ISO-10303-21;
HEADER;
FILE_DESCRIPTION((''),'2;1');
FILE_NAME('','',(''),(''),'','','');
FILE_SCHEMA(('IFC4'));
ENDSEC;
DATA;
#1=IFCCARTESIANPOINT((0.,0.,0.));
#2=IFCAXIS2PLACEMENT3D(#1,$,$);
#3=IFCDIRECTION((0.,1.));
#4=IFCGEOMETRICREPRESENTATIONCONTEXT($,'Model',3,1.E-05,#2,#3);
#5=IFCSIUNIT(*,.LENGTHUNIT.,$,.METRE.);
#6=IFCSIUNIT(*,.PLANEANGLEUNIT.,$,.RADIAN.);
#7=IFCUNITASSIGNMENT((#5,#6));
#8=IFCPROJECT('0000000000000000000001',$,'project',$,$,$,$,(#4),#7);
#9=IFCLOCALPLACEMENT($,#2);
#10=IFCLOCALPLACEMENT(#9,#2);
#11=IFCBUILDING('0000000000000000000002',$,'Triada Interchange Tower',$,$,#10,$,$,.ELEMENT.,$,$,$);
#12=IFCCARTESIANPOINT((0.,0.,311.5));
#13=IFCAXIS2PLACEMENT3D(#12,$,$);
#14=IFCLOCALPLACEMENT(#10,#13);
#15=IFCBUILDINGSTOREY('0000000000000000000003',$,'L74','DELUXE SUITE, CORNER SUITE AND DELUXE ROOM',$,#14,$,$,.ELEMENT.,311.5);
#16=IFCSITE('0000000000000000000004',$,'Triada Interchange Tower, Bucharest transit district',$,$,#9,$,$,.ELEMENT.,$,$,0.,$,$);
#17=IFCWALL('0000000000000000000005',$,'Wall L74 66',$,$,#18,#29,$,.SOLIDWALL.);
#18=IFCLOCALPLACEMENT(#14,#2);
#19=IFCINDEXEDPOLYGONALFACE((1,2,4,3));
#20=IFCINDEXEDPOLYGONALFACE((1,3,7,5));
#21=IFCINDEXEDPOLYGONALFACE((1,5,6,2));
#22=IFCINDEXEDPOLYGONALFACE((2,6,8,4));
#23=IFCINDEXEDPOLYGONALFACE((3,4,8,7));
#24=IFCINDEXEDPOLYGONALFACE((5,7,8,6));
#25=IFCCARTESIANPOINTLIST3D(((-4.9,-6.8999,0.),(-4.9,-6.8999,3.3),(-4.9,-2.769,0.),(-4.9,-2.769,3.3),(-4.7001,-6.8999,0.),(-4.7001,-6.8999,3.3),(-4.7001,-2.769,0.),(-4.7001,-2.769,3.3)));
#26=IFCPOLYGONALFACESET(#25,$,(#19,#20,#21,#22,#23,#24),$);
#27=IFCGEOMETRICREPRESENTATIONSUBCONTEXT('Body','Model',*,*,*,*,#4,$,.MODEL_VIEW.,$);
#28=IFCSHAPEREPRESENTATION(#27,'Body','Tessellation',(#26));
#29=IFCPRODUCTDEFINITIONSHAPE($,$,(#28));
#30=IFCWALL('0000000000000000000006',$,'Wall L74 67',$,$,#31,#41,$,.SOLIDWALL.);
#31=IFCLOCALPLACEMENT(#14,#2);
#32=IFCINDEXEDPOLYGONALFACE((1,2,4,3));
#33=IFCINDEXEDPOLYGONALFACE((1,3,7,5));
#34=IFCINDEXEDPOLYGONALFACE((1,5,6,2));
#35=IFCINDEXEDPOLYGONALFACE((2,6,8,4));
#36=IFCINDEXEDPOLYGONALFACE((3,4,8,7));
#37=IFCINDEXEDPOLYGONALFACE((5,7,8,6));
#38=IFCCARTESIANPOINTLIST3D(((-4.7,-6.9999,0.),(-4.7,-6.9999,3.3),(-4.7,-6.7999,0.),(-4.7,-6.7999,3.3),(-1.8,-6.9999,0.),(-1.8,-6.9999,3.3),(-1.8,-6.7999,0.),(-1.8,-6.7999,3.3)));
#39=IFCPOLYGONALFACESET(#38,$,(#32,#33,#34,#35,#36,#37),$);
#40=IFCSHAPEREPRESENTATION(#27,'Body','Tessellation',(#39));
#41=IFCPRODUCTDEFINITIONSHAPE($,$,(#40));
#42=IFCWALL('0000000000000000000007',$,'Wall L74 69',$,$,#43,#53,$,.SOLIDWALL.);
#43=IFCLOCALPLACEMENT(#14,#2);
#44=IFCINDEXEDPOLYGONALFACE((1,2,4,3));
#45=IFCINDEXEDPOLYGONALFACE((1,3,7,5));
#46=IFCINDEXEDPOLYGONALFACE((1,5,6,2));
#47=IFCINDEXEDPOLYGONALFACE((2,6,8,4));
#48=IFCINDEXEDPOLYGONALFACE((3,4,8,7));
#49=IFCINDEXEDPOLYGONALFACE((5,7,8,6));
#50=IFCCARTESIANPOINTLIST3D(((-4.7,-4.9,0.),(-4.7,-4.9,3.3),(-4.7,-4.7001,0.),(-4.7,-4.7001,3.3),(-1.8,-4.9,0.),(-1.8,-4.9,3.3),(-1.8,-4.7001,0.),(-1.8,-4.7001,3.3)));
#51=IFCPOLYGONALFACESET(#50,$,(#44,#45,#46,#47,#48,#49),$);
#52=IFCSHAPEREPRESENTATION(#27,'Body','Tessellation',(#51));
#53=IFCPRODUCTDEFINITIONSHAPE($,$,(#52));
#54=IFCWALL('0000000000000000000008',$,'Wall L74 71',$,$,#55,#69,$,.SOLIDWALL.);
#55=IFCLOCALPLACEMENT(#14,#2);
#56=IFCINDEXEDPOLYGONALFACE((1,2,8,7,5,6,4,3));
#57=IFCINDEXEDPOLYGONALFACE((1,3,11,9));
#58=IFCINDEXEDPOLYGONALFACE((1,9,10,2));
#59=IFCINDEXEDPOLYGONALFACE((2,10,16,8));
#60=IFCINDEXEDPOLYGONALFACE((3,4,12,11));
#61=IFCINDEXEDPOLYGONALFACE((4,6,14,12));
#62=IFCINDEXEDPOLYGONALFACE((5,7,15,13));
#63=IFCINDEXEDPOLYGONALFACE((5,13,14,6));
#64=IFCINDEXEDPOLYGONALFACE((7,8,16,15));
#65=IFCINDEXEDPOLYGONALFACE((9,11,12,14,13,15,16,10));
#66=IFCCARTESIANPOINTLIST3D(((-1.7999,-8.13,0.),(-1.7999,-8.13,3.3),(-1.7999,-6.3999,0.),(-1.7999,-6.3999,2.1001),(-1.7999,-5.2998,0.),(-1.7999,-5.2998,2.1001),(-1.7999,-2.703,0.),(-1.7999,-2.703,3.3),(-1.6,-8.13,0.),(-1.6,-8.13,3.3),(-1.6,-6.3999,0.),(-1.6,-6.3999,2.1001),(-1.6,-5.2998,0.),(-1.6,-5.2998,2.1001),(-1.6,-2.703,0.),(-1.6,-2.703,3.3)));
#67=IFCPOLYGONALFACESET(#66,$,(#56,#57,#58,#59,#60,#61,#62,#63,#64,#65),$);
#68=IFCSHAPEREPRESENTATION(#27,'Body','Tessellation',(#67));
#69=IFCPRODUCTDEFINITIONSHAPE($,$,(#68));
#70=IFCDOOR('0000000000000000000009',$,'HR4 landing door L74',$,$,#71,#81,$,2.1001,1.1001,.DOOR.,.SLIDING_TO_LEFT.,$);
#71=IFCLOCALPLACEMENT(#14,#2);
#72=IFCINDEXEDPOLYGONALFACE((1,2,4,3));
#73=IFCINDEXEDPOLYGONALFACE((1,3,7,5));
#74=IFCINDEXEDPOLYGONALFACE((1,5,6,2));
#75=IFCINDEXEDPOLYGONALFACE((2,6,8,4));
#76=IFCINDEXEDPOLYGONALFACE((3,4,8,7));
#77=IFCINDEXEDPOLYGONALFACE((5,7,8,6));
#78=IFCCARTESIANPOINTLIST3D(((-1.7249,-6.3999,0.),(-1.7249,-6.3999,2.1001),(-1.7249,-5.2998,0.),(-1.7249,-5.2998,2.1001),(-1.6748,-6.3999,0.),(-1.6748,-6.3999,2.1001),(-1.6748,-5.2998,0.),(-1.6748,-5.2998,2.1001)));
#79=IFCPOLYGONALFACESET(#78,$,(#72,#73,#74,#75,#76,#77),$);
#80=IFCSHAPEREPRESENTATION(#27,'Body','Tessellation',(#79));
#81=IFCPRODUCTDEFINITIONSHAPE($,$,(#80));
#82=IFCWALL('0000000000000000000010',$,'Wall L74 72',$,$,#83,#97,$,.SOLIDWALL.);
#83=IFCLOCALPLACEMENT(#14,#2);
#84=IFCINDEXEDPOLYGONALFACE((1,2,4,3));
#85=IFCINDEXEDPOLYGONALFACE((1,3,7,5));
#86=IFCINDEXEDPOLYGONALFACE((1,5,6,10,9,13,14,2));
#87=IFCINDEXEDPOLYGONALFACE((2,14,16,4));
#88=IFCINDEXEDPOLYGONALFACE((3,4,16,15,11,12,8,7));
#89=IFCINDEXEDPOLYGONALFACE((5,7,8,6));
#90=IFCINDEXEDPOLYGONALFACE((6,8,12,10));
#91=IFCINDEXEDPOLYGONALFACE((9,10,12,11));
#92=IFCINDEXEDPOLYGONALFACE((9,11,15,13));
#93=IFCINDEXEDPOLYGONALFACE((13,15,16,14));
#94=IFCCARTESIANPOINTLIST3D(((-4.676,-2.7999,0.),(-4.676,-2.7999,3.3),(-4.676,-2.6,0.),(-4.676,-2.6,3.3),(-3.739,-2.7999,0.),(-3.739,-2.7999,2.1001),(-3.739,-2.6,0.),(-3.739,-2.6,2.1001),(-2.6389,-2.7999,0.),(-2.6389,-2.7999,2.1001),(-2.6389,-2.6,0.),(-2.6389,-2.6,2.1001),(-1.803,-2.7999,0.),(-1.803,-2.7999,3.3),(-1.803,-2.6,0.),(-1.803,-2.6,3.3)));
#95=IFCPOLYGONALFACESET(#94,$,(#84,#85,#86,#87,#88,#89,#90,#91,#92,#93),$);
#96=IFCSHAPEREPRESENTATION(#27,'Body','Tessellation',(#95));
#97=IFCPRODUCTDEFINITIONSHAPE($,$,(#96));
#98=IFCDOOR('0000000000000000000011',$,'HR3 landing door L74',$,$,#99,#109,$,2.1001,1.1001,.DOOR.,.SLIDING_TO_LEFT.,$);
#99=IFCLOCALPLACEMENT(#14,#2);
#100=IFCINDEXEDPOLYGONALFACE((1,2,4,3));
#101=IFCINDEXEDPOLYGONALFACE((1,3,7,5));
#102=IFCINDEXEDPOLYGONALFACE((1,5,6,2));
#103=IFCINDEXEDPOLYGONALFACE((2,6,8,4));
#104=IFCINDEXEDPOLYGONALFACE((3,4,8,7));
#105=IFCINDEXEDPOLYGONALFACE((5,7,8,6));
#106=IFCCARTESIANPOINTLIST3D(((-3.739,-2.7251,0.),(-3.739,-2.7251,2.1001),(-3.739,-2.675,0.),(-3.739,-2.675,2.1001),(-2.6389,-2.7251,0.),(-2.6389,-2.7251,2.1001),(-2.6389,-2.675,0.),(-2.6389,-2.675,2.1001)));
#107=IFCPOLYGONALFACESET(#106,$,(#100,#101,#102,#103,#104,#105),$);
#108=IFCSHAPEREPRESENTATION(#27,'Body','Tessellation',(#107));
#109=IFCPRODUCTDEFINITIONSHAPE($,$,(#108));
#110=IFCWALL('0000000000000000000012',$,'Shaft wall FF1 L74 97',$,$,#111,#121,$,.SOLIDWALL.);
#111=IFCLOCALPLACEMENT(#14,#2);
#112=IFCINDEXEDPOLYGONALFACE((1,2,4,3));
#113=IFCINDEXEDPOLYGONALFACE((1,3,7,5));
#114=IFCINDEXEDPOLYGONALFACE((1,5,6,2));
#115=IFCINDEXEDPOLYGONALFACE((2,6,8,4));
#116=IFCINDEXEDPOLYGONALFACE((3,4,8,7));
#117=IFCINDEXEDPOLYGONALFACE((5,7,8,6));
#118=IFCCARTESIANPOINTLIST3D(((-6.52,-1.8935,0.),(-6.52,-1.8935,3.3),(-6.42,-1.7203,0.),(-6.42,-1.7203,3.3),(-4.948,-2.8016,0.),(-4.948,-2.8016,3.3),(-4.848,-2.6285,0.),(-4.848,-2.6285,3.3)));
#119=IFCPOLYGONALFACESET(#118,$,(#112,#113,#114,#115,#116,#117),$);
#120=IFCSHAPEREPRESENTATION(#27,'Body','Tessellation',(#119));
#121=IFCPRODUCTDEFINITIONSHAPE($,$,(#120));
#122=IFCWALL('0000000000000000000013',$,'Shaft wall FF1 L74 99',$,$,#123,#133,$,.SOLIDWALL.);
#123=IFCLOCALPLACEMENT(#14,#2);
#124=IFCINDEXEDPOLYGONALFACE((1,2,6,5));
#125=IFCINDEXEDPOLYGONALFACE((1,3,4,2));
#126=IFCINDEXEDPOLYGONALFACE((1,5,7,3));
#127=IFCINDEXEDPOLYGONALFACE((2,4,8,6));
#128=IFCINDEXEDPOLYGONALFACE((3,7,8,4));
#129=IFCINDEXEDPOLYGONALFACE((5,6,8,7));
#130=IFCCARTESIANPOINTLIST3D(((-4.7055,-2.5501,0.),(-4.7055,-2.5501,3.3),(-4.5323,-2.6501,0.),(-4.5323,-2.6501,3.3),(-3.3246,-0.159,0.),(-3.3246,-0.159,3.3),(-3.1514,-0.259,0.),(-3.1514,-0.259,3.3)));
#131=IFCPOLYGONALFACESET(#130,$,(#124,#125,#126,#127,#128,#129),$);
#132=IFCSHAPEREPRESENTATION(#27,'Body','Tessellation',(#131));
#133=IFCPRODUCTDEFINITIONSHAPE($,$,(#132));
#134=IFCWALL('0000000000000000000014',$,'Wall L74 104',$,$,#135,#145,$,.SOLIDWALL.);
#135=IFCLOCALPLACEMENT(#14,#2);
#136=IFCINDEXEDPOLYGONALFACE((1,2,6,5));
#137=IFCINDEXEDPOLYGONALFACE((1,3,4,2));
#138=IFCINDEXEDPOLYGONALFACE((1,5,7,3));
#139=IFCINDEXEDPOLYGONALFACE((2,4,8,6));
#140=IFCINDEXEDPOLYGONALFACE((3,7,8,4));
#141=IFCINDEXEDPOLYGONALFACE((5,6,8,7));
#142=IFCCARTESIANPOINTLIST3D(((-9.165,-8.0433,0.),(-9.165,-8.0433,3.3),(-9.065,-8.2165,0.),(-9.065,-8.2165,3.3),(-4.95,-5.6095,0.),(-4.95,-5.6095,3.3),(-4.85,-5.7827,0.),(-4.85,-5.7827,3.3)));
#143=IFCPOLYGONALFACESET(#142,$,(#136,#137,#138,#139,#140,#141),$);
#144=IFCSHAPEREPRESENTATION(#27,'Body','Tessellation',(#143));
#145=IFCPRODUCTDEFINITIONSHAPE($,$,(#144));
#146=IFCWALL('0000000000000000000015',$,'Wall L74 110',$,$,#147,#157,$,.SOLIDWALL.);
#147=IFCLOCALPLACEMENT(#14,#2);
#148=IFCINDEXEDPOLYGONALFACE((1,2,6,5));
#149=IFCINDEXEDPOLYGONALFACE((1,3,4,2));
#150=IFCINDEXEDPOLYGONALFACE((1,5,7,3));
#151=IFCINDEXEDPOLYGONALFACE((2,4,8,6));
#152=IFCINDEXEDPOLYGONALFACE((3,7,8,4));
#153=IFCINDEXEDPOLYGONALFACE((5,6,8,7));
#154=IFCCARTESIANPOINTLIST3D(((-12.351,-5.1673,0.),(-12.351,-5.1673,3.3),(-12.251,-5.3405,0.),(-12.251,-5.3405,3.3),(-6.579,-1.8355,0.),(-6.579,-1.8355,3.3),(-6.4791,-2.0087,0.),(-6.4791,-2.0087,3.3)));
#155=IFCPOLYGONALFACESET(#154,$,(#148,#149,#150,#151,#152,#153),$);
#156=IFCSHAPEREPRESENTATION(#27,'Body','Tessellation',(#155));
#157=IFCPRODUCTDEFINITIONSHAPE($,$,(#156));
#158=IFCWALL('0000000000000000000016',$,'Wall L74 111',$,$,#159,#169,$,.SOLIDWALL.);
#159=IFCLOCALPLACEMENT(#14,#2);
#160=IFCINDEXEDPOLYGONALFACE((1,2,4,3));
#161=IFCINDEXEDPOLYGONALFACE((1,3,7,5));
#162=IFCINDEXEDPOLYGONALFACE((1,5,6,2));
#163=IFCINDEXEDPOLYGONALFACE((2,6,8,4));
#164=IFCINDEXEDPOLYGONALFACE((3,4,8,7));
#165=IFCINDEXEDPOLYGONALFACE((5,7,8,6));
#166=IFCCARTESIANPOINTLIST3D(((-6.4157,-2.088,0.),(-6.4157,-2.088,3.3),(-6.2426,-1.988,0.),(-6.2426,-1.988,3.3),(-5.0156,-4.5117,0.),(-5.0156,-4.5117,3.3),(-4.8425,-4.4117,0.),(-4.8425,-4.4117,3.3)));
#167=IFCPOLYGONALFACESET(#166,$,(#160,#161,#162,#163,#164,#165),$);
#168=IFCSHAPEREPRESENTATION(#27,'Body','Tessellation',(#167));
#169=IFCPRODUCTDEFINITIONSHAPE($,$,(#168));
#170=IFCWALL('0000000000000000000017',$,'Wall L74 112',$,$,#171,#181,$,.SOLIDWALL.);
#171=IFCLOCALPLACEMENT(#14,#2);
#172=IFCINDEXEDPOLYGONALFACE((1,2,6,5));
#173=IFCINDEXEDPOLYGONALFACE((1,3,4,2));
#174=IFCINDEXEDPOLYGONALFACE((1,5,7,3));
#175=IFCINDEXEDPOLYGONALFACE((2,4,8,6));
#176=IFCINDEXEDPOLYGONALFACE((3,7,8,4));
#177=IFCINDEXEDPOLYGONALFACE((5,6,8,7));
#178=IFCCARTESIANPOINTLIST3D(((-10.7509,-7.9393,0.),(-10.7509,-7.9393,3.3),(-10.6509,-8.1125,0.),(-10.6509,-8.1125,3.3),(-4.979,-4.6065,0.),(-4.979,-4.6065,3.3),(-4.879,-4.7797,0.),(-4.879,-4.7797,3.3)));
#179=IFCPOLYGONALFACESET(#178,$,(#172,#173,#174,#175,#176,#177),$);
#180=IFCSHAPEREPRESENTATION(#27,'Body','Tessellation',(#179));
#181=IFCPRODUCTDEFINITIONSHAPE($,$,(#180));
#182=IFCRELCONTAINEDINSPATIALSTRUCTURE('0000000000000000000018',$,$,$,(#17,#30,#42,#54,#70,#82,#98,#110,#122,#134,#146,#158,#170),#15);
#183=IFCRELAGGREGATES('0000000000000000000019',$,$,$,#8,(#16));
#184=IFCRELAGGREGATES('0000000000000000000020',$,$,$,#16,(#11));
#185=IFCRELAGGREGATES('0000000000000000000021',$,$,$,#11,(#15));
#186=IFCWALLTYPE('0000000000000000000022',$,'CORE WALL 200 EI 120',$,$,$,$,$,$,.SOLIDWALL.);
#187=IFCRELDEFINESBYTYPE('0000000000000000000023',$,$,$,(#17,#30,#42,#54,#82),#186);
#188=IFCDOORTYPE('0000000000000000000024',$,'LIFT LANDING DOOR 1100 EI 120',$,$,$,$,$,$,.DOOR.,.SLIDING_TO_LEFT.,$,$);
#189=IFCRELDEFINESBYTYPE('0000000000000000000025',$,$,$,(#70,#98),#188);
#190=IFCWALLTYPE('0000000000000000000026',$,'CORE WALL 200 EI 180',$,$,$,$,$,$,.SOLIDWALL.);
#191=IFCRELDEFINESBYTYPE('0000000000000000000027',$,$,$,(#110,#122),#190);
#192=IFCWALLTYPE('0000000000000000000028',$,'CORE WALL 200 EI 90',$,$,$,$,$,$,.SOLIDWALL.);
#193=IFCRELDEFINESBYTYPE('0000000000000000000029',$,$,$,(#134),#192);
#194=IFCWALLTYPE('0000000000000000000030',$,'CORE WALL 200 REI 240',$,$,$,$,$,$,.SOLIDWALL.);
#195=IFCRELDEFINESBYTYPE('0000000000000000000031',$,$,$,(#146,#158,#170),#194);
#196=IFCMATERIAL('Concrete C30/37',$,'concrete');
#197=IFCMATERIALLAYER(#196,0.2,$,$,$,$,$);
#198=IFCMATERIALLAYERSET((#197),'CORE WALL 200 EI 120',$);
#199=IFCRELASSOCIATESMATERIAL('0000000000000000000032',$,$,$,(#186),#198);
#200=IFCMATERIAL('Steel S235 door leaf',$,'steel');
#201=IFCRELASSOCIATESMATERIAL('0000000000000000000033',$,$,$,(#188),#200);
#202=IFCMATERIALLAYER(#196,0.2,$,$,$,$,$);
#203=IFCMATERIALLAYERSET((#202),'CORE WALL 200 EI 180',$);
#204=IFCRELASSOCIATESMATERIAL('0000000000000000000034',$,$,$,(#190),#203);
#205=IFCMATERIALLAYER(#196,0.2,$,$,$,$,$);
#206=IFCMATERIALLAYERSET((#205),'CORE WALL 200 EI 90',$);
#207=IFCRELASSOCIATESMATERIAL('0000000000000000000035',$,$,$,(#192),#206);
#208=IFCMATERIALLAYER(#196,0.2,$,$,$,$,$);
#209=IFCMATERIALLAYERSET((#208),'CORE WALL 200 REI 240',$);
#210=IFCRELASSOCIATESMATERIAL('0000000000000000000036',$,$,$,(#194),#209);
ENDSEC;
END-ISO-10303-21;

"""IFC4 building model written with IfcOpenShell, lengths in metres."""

from ifc_helpers import new_model, si_unit, direction, frame, frame_2d, origin, place, context, subcontext, project, spatial, rectangle, extrude, material, layer, layer_set, type_object, element, fill, save


model = new_model("IFC4")

# Units and contexts
model_context = context("Model", 3, precision=1e-05, world=origin(), true_north=direction((0.0, 1.0)))
body_context = subcontext(model_context, "Body", "Model", "MODEL_VIEW")
ifc_project = project(units=[si_unit("LENGTHUNIT", "METRE"), si_unit("PLANEANGLEUNIT", "RADIAN")], contexts=[model_context])

# Site, building, storey
site_placement = place(None, origin())
site = spatial("IfcSite", under=ifc_project, at=site_placement, Name="Triada Interchange Tower, Bucharest transit district", CompositionType="ELEMENT", RefElevation=0.0)
building_placement = place(site_placement, origin())
building = spatial("IfcBuilding", under=site, at=building_placement, Name="Triada Interchange Tower", CompositionType="ELEMENT")
storey_placement = place(building_placement, frame((0.0, 0.0, 311.5)))
storey = spatial("IfcBuildingStorey", under=building, at=storey_placement, Name="L74", Description="DELUXE SUITE, CORNER SUITE AND DELUXE ROOM", CompositionType="ELEMENT", Elevation=311.5)

# Walls
ifc_material_1 = material(Name="Concrete C30/37", Category="concrete")
ifc_layer_1 = layer(ifc_material_1, 0.2)
ifc_layer_set_1 = layer_set([ifc_layer_1], Name="CORE WALL 200 EI 120")
wall_type_1 = type_object("IfcWallType", Name="CORE WALL 200 EI 120", PredefinedType="SOLIDWALL", material=ifc_layer_set_1)
wall_1_placement = place(storey_placement, frame((-4.8, -6.8999, 0.0), z_axis=(0.0, 0.0, 1.0), x_axis=(0.0, 1.0, 0.0)))
element("IfcWall", 1, at=wall_1_placement, inside=storey, type_object=wall_type_1, Name="Wall L74 66", PredefinedType="SOLIDWALL", context=body_context, shape_type="SweptSolid", body=[
    extrude(rectangle(XDim=4.1309, YDim=0.2, at=frame_2d((2.0654, 0.0))), origin(), (0.0, 0.0, 1.0), 3.3),
])
for number, where, z_axis, x_axis, name in (
    (2, (-4.7, -6.8999, 0.0), (0.0, 0.0, 1.0), (1.0, 0.0, 0.0), "Wall L74 67"),
    (3, (-4.7, -4.8, 0.0), (0.0, 0.0, 1.0), (1.0, 0.0, 0.0), "Wall L74 69"),
):
    element("IfcWall", number, at=place(storey_placement, frame(where, z_axis=z_axis, x_axis=x_axis)), inside=storey, type_object=wall_type_1, Name=name, PredefinedType="SOLIDWALL", context=body_context, shape_type="SweptSolid", body=[
        extrude(rectangle(XDim=2.8999, YDim=0.2, at=frame_2d((1.45, 0.0))), origin(), (0.0, 0.0, 1.0), 3.3),
    ])

# Walls, openings, doors
wall_2_placement = place(storey_placement, frame((-1.7, -8.1299, 0.0), z_axis=(0.0, 0.0, 1.0), x_axis=(0.0, 1.0, 0.0)))
wall_2 = element("IfcWall", 4, at=wall_2_placement, inside=storey, type_object=wall_type_1, Name="Wall L74 71", PredefinedType="SOLIDWALL", context=body_context, shape_type="SweptSolid", body=[
    extrude(rectangle(XDim=5.427, YDim=0.2, at=frame_2d((2.7134, 0.0))), origin(), (0.0, 0.0, 1.0), 3.3),
])
opening_1_placement = place(wall_2_placement, frame((1.73, 0.0, 0.0)))
opening_1 = element("IfcOpeningElement", 5, at=opening_1_placement, cuts=wall_2, PredefinedType="OPENING", context=body_context, shape_type="SweptSolid", body=[
    extrude(rectangle(XDim=1.1001, YDim=2.1001, at=frame_2d((0.55, 1.05))), frame((0.0, 0.1099, 0.0), z_axis=(0.0, -1.0, 0.0), x_axis=(1.0, 0.0, 0.0)), (0.0, 0.0, 1.0), 0.22),
])
ifc_material_2 = material(Name="Steel S235 door leaf", Category="steel")
door_type_1 = type_object("IfcDoorType", Name="LIFT LANDING DOOR 1100 EI 120", OperationType="SLIDING_TO_LEFT", PredefinedType="DOOR", material=ifc_material_2)
door_1_placement = place(opening_1_placement, origin())
door_1 = element("IfcDoor", 6, at=door_1_placement, inside=storey, type_object=door_type_1, Name="HR4 landing door L74", OperationType="SLIDING_TO_LEFT", OverallHeight=2.1001, OverallWidth=1.1001, PredefinedType="DOOR", context=body_context, shape_type="SweptSolid", body=[
    extrude(rectangle(XDim=1.1001, YDim=2.1001, at=frame_2d((0.55, 1.05))), frame((0.0, 0.0249, 0.0), z_axis=(0.0, -1.0, 0.0), x_axis=(1.0, 0.0, 0.0)), (0.0, 0.0, 1.0), 0.05),
])
fill(opening_1, door_1)
wall_3_placement = place(storey_placement, frame((-4.676, -2.7, 0.0), z_axis=(0.0, 0.0, 1.0), x_axis=(1.0, 0.0, 0.0)))
wall_3 = element("IfcWall", 7, at=wall_3_placement, inside=storey, type_object=wall_type_1, Name="Wall L74 72", PredefinedType="SOLIDWALL", context=body_context, shape_type="SweptSolid", body=[
    extrude(rectangle(XDim=2.873, YDim=0.2, at=frame_2d((1.4365, 0.0))), origin(), (0.0, 0.0, 1.0), 3.3),
])
opening_2_placement = place(wall_3_placement, frame((0.937, 0.0, 0.0)))
opening_2 = element("IfcOpeningElement", 8, at=opening_2_placement, cuts=wall_3, PredefinedType="OPENING", context=body_context, shape_type="SweptSolid", body=[
    extrude(rectangle(XDim=1.1001, YDim=2.1001, at=frame_2d((0.55, 1.05))), frame((0.0, 0.1099, 0.0), z_axis=(0.0, -1.0, 0.0), x_axis=(1.0, 0.0, 0.0)), (0.0, 0.0, 1.0), 0.22),
])
door_2_placement = place(opening_2_placement, origin())
door_2 = element("IfcDoor", 9, at=door_2_placement, inside=storey, type_object=door_type_1, Name="HR3 landing door L74", OperationType="SLIDING_TO_LEFT", OverallHeight=2.1001, OverallWidth=1.1001, PredefinedType="DOOR", context=body_context, shape_type="SweptSolid", body=[
    extrude(rectangle(XDim=1.1001, YDim=2.1001, at=frame_2d((0.55, 1.05))), frame((0.0, 0.0249, 0.0), z_axis=(0.0, -1.0, 0.0), x_axis=(1.0, 0.0, 0.0)), (0.0, 0.0, 1.0), 0.05),
])
fill(opening_2, door_2)

# Walls
ifc_layer_2 = layer(ifc_material_1, 0.2)
ifc_layer_set_2 = layer_set([ifc_layer_2], Name="CORE WALL 200 EI 180")
wall_type_2 = type_object("IfcWallType", Name="CORE WALL 200 EI 180", PredefinedType="SOLIDWALL", material=ifc_layer_set_2)
wall_4_placement = place(storey_placement, frame((-6.47, -1.8069, 0.0), z_axis=(0.0, 0.0, 1.0), x_axis=(0.865883, -0.500246, 0.0)))
element("IfcWall", 10, at=wall_4_placement, inside=storey, type_object=wall_type_2, Name="Shaft wall FF1 L74 97", PredefinedType="SOLIDWALL", context=body_context, shape_type="SweptSolid", body=[
    extrude(rectangle(XDim=1.8154, YDim=0.2, at=frame_2d((0.9077, 0.0))), origin(), (0.0, 0.0, 1.0), 3.3),
])
wall_5_placement = place(storey_placement, frame((-4.6189, -2.6001, 0.0), z_axis=(0.0, 0.0, 1.0), x_axis=(0.500095, 0.865971, 0.0)))
element("IfcWall", 11, at=wall_5_placement, inside=storey, type_object=wall_type_2, Name="Shaft wall FF1 L74 99", PredefinedType="SOLIDWALL", context=body_context, shape_type="SweptSolid", body=[
    extrude(rectangle(XDim=2.7612, YDim=0.2, at=frame_2d((1.3806, 0.0))), origin(), (0.0, 0.0, 1.0), 3.3),
])
ifc_layer_3 = layer(ifc_material_1, 0.2)
ifc_layer_set_3 = layer_set([ifc_layer_3], Name="CORE WALL 200 EI 90")
wall_type_3 = type_object("IfcWallType", Name="CORE WALL 200 EI 90", PredefinedType="SOLIDWALL", material=ifc_layer_set_3)
wall_6_placement = place(storey_placement, frame((-9.115, -8.1299, 0.0), z_axis=(0.0, 0.0, 1.0), x_axis=(0.866003, 0.500039, 0.0)))
element("IfcWall", 12, at=wall_6_placement, inside=storey, type_object=wall_type_3, Name="Wall L74 104", PredefinedType="SOLIDWALL", context=body_context, shape_type="SweptSolid", body=[
    extrude(rectangle(XDim=4.8672, YDim=0.2, at=frame_2d((2.4336, 0.0))), origin(), (0.0, 0.0, 1.0), 3.3),
])
ifc_layer_4 = layer(ifc_material_1, 0.2)
ifc_layer_set_4 = layer_set([ifc_layer_4], Name="CORE WALL 200 REI 240")
wall_type_4 = type_object("IfcWallType", Name="CORE WALL 200 REI 240", PredefinedType="SOLIDWALL", material=ifc_layer_set_4)
wall_7_placement = place(storey_placement, frame((-12.301, -5.2539, 0.0), z_axis=(0.0, 0.0, 1.0), x_axis=(0.866068, 0.499925, 0.0)))
element("IfcWall", 13, at=wall_7_placement, inside=storey, type_object=wall_type_4, Name="Wall L74 110", PredefinedType="SOLIDWALL", context=body_context, shape_type="SweptSolid", body=[
    extrude(rectangle(XDim=6.6646, YDim=0.2, at=frame_2d((3.3323, 0.0))), origin(), (0.0, 0.0, 1.0), 3.3),
])
wall_8_placement = place(storey_placement, frame((-6.3291, -2.0381, 0.0), z_axis=(0.0, 0.0, 1.0), x_axis=(0.500201, -0.86591, 0.0)))
element("IfcWall", 14, at=wall_8_placement, inside=storey, type_object=wall_type_4, Name="Wall L74 111", PredefinedType="SOLIDWALL", context=body_context, shape_type="SweptSolid", body=[
    extrude(rectangle(XDim=2.7991, YDim=0.2, at=frame_2d((1.3994, 0.0))), origin(), (0.0, 0.0, 1.0), 3.3),
])
wall_9_placement = place(storey_placement, frame((-10.7009, -8.0259, 0.0), z_axis=(0.0, 0.0, 1.0), x_axis=(0.866005, 0.500035, 0.0)))
element("IfcWall", 15, at=wall_9_placement, inside=storey, type_object=wall_type_4, Name="Wall L74 112", PredefinedType="SOLIDWALL", context=body_context, shape_type="SweptSolid", body=[
    extrude(rectangle(XDim=6.665, YDim=0.2, at=frame_2d((3.3325, 0.0))), origin(), (0.0, 0.0, 1.0), 3.3),
])

save(model, "model.ifc")
